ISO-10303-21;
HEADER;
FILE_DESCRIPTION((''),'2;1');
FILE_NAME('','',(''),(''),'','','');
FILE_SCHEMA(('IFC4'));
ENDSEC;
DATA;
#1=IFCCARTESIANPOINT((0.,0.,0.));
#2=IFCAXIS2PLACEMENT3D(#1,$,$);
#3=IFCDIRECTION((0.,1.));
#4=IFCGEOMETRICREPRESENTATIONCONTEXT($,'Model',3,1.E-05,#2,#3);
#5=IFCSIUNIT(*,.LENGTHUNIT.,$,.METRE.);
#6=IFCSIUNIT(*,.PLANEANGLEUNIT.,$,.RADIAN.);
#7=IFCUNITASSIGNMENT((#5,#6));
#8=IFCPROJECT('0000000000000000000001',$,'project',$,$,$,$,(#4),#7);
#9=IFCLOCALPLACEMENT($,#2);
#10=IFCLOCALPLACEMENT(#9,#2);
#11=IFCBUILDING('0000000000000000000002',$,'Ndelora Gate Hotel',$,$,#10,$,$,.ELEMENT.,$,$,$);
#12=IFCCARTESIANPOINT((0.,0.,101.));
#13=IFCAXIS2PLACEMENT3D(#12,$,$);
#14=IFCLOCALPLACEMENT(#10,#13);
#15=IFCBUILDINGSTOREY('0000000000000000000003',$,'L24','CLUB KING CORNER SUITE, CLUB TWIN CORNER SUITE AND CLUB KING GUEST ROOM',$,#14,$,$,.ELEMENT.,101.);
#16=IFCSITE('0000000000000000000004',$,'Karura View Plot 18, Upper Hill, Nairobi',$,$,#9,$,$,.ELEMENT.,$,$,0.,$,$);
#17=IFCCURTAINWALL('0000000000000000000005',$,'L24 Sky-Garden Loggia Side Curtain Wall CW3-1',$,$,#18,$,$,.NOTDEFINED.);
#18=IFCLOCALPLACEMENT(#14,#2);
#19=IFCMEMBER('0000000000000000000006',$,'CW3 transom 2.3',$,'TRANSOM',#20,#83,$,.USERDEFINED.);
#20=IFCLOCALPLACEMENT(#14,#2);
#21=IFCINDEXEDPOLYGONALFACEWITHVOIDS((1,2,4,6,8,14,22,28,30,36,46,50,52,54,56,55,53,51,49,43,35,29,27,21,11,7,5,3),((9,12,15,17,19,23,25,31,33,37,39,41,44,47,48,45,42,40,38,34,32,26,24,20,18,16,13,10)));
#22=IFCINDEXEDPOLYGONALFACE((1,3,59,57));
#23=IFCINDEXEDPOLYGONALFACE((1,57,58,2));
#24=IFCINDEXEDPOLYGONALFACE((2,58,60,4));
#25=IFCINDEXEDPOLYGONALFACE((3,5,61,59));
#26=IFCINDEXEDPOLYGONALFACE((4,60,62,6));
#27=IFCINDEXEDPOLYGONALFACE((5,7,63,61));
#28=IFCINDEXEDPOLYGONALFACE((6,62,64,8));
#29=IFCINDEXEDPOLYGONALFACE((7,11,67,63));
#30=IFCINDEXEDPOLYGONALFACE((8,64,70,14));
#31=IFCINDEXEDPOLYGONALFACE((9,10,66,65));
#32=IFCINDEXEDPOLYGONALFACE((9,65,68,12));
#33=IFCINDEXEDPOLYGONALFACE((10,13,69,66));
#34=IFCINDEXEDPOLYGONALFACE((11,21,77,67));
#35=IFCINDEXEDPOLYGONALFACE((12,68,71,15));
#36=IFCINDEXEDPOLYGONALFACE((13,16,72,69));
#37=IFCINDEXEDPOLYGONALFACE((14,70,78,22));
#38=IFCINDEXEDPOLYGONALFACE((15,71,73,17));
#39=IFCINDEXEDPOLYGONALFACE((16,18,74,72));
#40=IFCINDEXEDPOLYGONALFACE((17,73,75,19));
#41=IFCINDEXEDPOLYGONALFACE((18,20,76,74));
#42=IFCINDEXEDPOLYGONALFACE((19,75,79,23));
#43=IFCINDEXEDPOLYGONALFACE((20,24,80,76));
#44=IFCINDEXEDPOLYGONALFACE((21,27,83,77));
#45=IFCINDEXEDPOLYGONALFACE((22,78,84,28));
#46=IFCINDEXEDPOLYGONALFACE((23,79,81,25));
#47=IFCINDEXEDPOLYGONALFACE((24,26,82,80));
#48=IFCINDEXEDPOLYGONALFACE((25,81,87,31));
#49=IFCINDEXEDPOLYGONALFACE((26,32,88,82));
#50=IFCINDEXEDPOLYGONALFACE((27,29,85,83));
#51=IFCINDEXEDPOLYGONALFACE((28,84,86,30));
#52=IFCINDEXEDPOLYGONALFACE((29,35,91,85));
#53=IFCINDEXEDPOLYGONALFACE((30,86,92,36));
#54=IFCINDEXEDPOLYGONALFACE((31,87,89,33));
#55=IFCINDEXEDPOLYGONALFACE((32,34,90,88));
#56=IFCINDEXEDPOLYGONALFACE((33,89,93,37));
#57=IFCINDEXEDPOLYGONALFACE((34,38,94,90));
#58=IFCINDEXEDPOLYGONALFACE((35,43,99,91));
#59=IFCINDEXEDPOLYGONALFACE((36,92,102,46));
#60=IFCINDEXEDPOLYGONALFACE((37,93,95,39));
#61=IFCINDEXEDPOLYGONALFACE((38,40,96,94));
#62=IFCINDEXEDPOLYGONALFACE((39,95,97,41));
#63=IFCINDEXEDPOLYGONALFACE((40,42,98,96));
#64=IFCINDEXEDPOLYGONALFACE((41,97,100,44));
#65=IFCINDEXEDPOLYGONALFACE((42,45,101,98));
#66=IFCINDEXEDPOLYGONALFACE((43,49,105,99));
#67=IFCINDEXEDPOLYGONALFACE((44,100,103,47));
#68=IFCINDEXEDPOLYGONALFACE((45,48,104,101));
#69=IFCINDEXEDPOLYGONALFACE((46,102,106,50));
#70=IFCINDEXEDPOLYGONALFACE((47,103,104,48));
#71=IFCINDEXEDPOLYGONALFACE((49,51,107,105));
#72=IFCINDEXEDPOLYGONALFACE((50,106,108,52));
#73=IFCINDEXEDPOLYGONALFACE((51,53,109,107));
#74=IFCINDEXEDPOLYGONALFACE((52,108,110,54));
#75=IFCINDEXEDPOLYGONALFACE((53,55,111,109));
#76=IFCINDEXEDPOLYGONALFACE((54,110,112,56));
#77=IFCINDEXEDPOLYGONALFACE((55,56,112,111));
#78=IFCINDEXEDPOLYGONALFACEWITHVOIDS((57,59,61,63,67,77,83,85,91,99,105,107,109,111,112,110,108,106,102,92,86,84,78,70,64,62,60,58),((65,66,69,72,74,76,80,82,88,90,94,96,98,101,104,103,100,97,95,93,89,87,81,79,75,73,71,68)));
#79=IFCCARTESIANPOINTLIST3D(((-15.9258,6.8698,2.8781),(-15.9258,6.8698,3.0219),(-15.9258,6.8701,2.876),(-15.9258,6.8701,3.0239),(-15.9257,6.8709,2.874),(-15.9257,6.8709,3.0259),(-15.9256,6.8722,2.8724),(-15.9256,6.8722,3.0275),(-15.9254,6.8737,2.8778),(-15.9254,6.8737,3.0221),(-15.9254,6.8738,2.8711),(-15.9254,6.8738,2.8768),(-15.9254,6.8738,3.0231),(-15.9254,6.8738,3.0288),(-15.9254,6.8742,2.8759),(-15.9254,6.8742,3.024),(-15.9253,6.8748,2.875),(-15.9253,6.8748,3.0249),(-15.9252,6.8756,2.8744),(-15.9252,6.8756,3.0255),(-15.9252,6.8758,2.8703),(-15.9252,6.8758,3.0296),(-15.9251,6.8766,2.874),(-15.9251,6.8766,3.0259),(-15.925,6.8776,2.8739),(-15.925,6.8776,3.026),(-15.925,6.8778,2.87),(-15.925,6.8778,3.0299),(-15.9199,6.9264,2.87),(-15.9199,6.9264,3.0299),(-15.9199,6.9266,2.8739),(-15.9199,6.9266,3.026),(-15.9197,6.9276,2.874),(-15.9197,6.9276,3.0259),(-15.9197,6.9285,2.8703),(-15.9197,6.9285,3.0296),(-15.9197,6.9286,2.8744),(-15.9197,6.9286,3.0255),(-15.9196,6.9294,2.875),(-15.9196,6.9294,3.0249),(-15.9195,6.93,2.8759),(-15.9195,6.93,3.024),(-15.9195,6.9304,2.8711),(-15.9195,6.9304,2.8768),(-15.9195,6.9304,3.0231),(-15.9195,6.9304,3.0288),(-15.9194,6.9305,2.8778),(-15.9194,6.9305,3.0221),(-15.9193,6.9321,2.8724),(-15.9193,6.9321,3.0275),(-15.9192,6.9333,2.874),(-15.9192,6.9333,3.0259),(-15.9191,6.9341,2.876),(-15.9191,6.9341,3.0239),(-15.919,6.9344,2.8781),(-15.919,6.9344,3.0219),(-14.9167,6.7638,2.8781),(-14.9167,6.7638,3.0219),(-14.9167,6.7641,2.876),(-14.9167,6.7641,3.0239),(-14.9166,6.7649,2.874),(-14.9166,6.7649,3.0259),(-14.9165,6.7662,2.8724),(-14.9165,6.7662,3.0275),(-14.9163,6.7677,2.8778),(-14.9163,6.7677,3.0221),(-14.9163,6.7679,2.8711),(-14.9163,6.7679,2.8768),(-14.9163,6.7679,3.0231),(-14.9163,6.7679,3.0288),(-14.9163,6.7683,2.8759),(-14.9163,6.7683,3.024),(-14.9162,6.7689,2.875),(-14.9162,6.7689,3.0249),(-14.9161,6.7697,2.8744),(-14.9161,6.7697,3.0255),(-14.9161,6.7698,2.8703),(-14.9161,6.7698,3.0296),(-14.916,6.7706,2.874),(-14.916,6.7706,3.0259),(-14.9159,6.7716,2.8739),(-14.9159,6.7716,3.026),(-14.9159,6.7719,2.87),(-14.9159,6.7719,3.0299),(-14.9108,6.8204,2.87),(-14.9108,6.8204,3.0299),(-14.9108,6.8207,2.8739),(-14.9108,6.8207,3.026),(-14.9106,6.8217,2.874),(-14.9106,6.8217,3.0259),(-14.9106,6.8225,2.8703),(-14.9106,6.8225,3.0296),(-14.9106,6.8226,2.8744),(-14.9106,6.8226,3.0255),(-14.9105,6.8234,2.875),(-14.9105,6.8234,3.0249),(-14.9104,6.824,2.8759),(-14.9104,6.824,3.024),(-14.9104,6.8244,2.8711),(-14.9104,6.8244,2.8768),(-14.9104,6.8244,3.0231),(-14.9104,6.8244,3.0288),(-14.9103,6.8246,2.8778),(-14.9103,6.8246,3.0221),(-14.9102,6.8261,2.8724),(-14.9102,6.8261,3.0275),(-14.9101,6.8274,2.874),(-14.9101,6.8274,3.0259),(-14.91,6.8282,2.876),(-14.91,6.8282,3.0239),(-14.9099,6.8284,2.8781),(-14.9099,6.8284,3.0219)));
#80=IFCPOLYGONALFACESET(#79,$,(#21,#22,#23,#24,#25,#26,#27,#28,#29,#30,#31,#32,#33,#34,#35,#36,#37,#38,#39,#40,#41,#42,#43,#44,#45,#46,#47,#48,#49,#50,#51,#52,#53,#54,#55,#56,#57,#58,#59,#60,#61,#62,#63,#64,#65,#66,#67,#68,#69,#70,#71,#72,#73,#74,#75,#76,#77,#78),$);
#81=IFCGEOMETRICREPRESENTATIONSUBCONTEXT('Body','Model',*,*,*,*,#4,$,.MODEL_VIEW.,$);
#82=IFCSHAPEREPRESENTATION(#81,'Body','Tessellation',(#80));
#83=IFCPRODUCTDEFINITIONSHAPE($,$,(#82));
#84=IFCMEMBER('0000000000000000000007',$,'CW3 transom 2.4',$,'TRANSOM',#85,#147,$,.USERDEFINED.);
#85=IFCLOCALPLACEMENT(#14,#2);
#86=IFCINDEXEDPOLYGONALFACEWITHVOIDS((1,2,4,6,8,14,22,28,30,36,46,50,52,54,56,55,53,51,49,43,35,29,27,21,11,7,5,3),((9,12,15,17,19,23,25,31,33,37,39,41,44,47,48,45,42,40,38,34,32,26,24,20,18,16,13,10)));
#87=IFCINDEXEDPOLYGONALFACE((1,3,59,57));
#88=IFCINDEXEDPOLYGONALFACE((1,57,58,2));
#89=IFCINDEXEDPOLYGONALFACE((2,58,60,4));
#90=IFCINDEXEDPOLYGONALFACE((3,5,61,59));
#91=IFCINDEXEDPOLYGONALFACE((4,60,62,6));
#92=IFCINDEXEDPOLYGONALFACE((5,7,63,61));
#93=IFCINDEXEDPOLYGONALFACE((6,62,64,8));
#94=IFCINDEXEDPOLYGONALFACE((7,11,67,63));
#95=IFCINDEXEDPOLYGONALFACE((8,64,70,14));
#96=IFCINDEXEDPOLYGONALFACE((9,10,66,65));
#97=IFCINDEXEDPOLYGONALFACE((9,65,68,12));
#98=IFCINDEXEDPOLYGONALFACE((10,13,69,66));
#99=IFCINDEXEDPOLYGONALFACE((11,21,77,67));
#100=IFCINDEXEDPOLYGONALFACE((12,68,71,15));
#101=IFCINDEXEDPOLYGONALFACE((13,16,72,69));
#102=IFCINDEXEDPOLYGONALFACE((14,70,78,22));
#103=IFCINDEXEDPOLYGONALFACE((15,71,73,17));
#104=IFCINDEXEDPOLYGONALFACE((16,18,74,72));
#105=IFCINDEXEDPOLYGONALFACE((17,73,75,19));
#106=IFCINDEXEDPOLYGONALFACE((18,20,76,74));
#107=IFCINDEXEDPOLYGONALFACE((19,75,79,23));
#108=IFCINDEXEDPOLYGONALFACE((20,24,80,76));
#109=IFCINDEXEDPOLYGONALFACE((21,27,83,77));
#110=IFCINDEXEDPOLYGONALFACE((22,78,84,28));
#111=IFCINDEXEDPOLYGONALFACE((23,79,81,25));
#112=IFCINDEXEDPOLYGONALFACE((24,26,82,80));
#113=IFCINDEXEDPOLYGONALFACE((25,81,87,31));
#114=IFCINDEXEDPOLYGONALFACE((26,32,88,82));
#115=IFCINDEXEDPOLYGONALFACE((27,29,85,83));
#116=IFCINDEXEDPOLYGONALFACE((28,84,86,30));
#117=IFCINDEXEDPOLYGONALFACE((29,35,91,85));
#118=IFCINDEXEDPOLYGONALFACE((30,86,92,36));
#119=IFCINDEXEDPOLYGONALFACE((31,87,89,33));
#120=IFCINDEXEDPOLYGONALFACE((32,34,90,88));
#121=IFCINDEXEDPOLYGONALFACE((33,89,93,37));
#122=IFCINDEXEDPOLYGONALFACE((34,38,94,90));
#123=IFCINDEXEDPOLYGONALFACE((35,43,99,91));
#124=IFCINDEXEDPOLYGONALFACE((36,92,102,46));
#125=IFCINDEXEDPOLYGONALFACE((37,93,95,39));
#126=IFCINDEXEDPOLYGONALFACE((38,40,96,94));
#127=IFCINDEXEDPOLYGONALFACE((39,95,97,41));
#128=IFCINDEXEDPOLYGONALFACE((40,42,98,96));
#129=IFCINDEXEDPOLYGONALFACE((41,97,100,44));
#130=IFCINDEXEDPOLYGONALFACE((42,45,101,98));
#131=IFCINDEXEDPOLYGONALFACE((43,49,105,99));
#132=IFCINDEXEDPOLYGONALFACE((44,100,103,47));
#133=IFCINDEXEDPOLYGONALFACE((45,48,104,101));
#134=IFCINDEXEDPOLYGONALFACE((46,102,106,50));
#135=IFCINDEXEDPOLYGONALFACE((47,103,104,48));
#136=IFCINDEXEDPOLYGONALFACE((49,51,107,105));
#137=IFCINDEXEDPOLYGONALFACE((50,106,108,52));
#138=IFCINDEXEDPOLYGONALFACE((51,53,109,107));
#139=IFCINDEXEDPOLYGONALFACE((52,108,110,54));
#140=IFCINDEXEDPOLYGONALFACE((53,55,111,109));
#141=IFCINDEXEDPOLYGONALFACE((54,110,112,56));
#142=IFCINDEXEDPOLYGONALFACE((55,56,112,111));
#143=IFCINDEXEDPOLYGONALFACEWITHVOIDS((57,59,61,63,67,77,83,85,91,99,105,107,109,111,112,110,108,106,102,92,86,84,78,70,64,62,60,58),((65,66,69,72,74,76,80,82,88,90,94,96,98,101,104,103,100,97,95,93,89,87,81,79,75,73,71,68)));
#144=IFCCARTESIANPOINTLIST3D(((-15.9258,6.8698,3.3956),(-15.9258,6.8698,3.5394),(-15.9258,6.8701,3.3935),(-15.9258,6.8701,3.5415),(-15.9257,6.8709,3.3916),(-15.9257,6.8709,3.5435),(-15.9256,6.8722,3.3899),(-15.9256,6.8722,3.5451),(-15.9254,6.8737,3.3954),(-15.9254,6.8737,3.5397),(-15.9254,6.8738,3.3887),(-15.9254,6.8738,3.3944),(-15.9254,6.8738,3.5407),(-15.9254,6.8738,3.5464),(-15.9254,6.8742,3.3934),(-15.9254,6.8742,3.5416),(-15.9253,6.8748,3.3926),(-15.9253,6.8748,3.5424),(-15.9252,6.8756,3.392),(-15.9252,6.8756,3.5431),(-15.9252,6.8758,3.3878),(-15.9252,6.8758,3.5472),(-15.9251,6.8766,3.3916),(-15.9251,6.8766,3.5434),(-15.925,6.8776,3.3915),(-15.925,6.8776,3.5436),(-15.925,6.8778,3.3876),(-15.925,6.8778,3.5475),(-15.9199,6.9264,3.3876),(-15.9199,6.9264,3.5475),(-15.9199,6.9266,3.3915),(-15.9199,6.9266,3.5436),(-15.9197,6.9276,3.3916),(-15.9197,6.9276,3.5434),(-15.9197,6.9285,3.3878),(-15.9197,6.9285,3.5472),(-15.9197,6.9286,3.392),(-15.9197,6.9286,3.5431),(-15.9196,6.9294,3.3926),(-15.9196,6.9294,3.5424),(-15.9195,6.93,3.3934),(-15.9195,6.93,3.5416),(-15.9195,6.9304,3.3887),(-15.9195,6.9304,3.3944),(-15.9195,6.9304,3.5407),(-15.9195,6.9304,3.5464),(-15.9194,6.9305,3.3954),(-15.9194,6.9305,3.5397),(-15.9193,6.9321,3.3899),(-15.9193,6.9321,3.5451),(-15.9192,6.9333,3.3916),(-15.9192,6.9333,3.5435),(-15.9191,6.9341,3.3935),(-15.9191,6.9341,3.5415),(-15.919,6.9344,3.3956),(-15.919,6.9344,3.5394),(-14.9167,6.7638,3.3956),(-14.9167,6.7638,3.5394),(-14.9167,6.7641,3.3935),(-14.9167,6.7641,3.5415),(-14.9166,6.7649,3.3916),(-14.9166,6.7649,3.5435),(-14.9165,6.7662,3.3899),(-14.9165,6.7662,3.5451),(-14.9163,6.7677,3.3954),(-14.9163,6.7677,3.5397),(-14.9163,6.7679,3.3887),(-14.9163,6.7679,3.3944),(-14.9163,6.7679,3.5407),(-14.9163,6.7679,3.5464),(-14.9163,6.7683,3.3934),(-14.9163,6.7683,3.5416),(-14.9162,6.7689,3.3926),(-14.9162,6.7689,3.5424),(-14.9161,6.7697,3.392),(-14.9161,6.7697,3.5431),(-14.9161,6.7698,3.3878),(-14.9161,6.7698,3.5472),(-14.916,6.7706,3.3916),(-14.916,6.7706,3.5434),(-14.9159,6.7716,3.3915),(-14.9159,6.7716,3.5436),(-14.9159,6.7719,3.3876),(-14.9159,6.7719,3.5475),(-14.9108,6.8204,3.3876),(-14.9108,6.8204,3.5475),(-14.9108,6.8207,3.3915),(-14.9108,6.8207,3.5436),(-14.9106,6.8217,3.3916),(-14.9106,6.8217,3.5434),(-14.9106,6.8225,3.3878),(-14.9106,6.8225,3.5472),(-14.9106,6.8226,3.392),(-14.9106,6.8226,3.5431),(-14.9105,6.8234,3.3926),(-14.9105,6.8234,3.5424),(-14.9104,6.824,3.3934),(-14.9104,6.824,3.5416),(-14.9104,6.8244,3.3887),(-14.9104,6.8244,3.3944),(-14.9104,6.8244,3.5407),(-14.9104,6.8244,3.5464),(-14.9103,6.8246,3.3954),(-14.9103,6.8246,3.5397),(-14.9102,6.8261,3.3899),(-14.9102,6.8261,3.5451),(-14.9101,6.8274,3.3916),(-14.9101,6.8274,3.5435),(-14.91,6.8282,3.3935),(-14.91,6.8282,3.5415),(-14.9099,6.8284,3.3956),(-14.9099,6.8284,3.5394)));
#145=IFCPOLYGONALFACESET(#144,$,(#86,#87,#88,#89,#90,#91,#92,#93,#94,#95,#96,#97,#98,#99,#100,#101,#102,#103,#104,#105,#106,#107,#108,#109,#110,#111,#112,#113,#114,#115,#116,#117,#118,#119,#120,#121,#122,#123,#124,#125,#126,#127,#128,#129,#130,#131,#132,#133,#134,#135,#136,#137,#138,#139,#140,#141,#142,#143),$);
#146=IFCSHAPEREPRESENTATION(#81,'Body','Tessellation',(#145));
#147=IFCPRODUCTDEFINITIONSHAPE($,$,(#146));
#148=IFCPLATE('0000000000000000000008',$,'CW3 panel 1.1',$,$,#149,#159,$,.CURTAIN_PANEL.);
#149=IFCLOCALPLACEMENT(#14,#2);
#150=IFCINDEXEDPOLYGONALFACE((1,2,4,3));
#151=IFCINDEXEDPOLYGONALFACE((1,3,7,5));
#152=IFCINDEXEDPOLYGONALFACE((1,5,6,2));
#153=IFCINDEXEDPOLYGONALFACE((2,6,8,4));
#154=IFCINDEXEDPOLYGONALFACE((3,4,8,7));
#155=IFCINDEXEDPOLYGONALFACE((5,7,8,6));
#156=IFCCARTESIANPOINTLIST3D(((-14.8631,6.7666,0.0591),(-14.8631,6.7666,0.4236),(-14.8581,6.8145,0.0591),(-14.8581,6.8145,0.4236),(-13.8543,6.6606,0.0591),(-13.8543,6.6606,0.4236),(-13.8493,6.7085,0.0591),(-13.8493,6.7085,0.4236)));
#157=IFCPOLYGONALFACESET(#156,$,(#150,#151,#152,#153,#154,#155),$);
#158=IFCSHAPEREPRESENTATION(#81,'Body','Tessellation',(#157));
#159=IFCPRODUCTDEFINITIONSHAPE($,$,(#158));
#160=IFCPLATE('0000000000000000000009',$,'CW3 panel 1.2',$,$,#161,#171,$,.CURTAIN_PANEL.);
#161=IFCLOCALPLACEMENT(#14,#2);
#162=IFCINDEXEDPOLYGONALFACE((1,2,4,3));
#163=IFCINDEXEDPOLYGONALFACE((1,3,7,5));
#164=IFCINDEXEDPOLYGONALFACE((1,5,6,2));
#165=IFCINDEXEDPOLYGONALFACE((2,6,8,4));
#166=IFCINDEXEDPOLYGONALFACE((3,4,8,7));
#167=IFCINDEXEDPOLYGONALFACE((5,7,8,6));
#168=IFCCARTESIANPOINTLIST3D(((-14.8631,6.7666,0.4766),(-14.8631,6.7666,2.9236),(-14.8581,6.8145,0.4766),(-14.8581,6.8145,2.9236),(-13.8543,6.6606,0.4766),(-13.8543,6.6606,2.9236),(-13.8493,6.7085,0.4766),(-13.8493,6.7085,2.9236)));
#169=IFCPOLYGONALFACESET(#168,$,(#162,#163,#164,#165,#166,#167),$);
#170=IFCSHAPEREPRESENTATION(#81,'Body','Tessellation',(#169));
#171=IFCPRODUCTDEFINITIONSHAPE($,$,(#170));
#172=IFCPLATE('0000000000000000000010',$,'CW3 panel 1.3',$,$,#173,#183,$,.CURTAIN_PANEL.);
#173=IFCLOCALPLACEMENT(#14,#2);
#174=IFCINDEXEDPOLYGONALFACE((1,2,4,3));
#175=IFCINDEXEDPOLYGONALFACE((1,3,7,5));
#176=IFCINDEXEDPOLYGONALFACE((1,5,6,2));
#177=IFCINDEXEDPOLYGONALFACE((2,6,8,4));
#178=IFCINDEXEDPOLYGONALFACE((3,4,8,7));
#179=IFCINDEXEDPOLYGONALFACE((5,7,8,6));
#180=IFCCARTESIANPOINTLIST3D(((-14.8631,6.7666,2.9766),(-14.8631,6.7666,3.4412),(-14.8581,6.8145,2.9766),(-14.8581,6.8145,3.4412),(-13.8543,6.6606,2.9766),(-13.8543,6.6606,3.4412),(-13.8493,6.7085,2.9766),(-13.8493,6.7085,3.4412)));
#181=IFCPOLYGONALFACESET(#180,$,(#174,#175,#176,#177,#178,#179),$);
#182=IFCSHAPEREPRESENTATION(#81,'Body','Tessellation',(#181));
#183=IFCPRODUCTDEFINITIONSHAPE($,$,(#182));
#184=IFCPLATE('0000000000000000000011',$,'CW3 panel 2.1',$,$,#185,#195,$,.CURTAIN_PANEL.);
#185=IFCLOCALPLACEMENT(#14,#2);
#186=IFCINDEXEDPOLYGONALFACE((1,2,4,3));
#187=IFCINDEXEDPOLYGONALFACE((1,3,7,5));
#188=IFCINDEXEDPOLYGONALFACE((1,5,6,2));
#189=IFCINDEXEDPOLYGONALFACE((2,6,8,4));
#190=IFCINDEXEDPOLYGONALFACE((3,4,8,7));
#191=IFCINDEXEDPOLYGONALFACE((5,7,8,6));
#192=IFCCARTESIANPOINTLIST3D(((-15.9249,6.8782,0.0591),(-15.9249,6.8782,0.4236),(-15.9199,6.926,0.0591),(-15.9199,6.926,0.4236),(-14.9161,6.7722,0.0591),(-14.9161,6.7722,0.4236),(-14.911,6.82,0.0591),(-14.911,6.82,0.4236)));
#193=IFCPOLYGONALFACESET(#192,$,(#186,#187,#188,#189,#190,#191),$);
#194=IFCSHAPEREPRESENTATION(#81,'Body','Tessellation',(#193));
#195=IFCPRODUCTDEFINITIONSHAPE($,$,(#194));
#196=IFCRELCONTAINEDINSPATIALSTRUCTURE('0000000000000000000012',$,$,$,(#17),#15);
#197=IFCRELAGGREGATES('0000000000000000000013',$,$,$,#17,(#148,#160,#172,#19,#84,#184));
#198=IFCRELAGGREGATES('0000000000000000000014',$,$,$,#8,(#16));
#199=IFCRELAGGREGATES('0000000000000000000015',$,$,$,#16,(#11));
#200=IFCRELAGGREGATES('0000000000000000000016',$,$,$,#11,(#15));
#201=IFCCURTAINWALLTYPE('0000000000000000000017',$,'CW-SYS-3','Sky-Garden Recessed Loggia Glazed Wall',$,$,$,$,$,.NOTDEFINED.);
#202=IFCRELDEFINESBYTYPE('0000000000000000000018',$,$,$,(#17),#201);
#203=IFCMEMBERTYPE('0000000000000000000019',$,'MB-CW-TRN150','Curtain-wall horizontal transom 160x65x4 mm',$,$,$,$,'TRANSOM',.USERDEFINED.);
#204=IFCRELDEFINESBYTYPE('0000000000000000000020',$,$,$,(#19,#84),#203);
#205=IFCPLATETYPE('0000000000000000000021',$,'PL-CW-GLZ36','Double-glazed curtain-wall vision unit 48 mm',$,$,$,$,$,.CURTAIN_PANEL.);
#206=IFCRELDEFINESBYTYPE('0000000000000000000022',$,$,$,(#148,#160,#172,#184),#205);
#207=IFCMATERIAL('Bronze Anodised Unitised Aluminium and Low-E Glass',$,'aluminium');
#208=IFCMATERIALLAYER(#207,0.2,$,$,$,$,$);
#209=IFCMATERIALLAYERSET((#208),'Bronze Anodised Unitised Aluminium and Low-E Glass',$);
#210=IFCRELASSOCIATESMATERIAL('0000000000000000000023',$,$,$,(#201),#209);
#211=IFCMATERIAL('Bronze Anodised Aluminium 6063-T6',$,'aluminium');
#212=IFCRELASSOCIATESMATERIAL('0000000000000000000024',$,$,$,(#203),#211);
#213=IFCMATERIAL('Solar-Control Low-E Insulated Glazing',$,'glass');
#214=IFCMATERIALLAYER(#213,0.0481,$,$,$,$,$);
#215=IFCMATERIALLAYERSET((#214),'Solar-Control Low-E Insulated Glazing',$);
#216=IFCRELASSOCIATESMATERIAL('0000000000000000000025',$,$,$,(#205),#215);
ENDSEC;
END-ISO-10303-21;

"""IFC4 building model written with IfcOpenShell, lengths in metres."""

from ifc_helpers import new_model, si_unit, direction, frame, origin, origin_2d, place, context, subcontext, project, spatial, rectangle, hollow_rectangle, extrude, material, layer, layer_set, material_profile, profile_set, type_object, element, aggregate, save


model = new_model("IFC4")

# Units and contexts
model_context = context("Model", 3, precision=1e-05, world=origin(), true_north=direction((0.0, 1.0)))
body_context = subcontext(model_context, "Body", "Model", "MODEL_VIEW")
ifc_project = project(units=[si_unit("LENGTHUNIT", "METRE"), si_unit("PLANEANGLEUNIT", "RADIAN")], contexts=[model_context])

# Site, building, storey
site_placement = place(None, origin())
site = spatial("IfcSite", under=ifc_project, at=site_placement, Name="Karura View Plot 18, Upper Hill, Nairobi", CompositionType="ELEMENT", RefElevation=0.0)
building_placement = place(site_placement, origin())
building = spatial("IfcBuilding", under=site, at=building_placement, Name="Ndelora Gate Hotel", CompositionType="ELEMENT")
storey_placement = place(building_placement, frame((0.0, 0.0, 101.0)))
storey = spatial("IfcBuildingStorey", under=building, at=storey_placement, Name="L24", Description="CLUB KING CORNER SUITE, CLUB TWIN CORNER SUITE AND CLUB KING GUEST ROOM", CompositionType="ELEMENT", Elevation=101.0)

# Curtain wall, members, plates
ifc_material_1 = material(Name="Bronze Anodised Unitised Aluminium and Low-E Glass", Category="aluminium")
ifc_layer_1 = layer(ifc_material_1, 0.2)
ifc_layer_set_1 = layer_set([ifc_layer_1], Name="Bronze Anodised Unitised Aluminium and Low-E Glass")
curtain_wall_type = type_object("IfcCurtainWallType", Name="CW-SYS-3", Description="Sky-Garden Recessed Loggia Glazed Wall", PredefinedType="NOTDEFINED", material=ifc_layer_set_1)
curtain_wall_placement = place(storey_placement, origin())
curtain_wall = element("IfcCurtainWall", 1, at=curtain_wall_placement, inside=storey, type_object=curtain_wall_type, Name="L24 Sky-Garden Loggia Side Curtain Wall CW3-1", PredefinedType="NOTDEFINED")
ifc_material_2 = material(Name="Bronze Anodised Aluminium 6063-T6", Category="aluminium")
ifc_material_profile_1 = material_profile(ifc_material_2, hollow_rectangle(XDim=0.0649, YDim=0.1599, WallThickness=0.0039, InnerFilletRadius=0.0039, OuterFilletRadius=0.0081, at=origin_2d()), Name="ALU 160x65x4")
ifc_profile_set_1 = profile_set([ifc_material_profile_1], Name="Bronze Anodised Aluminium 6063-T6")
member_type_1 = type_object("IfcMemberType", Name="MB-CW-TRN150", Description="Curtain-wall horizontal transom 160x65x4 mm", ElementType="TRANSOM", PredefinedType="USERDEFINED", material=ifc_profile_set_1)
member_1_placement = place(storey_placement, frame((-14.9133, 6.7961, 2.95), z_axis=(-0.994532, 0.104434, 0.0), x_axis=(-0.104434, -0.994532, 0.0)))
member_1 = element("IfcMember", 2, at=member_1_placement, type_object=member_type_1, Name="CW3 transom 2.3", ObjectType="TRANSOM", PredefinedType="USERDEFINED", context=body_context, shape_type="SweptSolid", body=[
    extrude(hollow_rectangle(XDim=0.0649, YDim=0.1599, WallThickness=0.0039, InnerFilletRadius=0.0039, OuterFilletRadius=0.0081, at=origin_2d()), origin(), (0.0, 0.0, 1.0), 1.0146),
])
member_2_placement = place(storey_placement, frame((-14.9133, 6.7961, 3.4675), z_axis=(-0.994532, 0.104434, 0.0), x_axis=(-0.104434, -0.994532, 0.0)))
member_2 = element("IfcMember", 3, at=member_2_placement, type_object=member_type_1, Name="CW3 transom 2.4", ObjectType="TRANSOM", PredefinedType="USERDEFINED", context=body_context, shape_type="SweptSolid", body=[
    extrude(hollow_rectangle(XDim=0.0649, YDim=0.1599, WallThickness=0.0039, InnerFilletRadius=0.0039, OuterFilletRadius=0.0081, at=origin_2d()), origin(), (0.0, 0.0, 1.0), 1.0146),
])
ifc_material_3 = material(Name="Solar-Control Low-E Insulated Glazing", Category="glass")
ifc_layer_2 = layer(ifc_material_3, 0.0481)
ifc_layer_set_2 = layer_set([ifc_layer_2], Name="Solar-Control Low-E Insulated Glazing")
plate_type = type_object("IfcPlateType", Name="PL-CW-GLZ36", Description="Double-glazed curtain-wall vision unit 48 mm", PredefinedType="CURTAIN_PANEL", material=ifc_layer_set_2)
plate_1_placement = place(storey_placement, frame((-14.3562, 6.7375, 0.0591), z_axis=(0.0, 0.0, 1.0), x_axis=(-0.994525, 0.104503, 0.0)))
plate_1 = element("IfcPlate", 4, at=plate_1_placement, type_object=plate_type, Name="CW3 panel 1.1", PredefinedType="CURTAIN_PANEL", context=body_context, shape_type="SweptSolid", body=[
    extrude(rectangle(XDim=1.0144, YDim=0.0481, at=origin_2d()), origin(), (0.0, 0.0, 1.0), 0.3645),
])
plate_2_placement = place(storey_placement, frame((-14.3562, 6.7375, 0.4766), z_axis=(0.0, 0.0, 1.0), x_axis=(-0.994525, 0.104503, 0.0)))
plate_2 = element("IfcPlate", 5, at=plate_2_placement, type_object=plate_type, Name="CW3 panel 1.2", PredefinedType="CURTAIN_PANEL", context=body_context, shape_type="SweptSolid", body=[
    extrude(rectangle(XDim=1.0144, YDim=0.0481, at=origin_2d()), origin(), (0.0, 0.0, 1.0), 2.447),
])
plate_3_placement = place(storey_placement, frame((-14.3562, 6.7375, 2.9766), z_axis=(0.0, 0.0, 1.0), x_axis=(-0.994525, 0.104503, 0.0)))
plate_3 = element("IfcPlate", 6, at=plate_3_placement, type_object=plate_type, Name="CW3 panel 1.3", PredefinedType="CURTAIN_PANEL", context=body_context, shape_type="SweptSolid", body=[
    extrude(rectangle(XDim=1.0144, YDim=0.0481, at=origin_2d()), origin(), (0.0, 0.0, 1.0), 0.4646),
])
plate_4_placement = place(storey_placement, frame((-15.418, 6.8491, 0.0591), z_axis=(0.0, 0.0, 1.0), x_axis=(-0.994525, 0.104503, 0.0)))
plate_4 = element("IfcPlate", 7, at=plate_4_placement, type_object=plate_type, Name="CW3 panel 2.1", PredefinedType="CURTAIN_PANEL", context=body_context, shape_type="SweptSolid", body=[
    extrude(rectangle(XDim=1.0144, YDim=0.0481, at=origin_2d()), origin(), (0.0, 0.0, 1.0), 0.3645),
])
aggregate(curtain_wall, [plate_1, plate_2, plate_3, member_1, member_2, plate_4])

save(model, "model.ifc")
